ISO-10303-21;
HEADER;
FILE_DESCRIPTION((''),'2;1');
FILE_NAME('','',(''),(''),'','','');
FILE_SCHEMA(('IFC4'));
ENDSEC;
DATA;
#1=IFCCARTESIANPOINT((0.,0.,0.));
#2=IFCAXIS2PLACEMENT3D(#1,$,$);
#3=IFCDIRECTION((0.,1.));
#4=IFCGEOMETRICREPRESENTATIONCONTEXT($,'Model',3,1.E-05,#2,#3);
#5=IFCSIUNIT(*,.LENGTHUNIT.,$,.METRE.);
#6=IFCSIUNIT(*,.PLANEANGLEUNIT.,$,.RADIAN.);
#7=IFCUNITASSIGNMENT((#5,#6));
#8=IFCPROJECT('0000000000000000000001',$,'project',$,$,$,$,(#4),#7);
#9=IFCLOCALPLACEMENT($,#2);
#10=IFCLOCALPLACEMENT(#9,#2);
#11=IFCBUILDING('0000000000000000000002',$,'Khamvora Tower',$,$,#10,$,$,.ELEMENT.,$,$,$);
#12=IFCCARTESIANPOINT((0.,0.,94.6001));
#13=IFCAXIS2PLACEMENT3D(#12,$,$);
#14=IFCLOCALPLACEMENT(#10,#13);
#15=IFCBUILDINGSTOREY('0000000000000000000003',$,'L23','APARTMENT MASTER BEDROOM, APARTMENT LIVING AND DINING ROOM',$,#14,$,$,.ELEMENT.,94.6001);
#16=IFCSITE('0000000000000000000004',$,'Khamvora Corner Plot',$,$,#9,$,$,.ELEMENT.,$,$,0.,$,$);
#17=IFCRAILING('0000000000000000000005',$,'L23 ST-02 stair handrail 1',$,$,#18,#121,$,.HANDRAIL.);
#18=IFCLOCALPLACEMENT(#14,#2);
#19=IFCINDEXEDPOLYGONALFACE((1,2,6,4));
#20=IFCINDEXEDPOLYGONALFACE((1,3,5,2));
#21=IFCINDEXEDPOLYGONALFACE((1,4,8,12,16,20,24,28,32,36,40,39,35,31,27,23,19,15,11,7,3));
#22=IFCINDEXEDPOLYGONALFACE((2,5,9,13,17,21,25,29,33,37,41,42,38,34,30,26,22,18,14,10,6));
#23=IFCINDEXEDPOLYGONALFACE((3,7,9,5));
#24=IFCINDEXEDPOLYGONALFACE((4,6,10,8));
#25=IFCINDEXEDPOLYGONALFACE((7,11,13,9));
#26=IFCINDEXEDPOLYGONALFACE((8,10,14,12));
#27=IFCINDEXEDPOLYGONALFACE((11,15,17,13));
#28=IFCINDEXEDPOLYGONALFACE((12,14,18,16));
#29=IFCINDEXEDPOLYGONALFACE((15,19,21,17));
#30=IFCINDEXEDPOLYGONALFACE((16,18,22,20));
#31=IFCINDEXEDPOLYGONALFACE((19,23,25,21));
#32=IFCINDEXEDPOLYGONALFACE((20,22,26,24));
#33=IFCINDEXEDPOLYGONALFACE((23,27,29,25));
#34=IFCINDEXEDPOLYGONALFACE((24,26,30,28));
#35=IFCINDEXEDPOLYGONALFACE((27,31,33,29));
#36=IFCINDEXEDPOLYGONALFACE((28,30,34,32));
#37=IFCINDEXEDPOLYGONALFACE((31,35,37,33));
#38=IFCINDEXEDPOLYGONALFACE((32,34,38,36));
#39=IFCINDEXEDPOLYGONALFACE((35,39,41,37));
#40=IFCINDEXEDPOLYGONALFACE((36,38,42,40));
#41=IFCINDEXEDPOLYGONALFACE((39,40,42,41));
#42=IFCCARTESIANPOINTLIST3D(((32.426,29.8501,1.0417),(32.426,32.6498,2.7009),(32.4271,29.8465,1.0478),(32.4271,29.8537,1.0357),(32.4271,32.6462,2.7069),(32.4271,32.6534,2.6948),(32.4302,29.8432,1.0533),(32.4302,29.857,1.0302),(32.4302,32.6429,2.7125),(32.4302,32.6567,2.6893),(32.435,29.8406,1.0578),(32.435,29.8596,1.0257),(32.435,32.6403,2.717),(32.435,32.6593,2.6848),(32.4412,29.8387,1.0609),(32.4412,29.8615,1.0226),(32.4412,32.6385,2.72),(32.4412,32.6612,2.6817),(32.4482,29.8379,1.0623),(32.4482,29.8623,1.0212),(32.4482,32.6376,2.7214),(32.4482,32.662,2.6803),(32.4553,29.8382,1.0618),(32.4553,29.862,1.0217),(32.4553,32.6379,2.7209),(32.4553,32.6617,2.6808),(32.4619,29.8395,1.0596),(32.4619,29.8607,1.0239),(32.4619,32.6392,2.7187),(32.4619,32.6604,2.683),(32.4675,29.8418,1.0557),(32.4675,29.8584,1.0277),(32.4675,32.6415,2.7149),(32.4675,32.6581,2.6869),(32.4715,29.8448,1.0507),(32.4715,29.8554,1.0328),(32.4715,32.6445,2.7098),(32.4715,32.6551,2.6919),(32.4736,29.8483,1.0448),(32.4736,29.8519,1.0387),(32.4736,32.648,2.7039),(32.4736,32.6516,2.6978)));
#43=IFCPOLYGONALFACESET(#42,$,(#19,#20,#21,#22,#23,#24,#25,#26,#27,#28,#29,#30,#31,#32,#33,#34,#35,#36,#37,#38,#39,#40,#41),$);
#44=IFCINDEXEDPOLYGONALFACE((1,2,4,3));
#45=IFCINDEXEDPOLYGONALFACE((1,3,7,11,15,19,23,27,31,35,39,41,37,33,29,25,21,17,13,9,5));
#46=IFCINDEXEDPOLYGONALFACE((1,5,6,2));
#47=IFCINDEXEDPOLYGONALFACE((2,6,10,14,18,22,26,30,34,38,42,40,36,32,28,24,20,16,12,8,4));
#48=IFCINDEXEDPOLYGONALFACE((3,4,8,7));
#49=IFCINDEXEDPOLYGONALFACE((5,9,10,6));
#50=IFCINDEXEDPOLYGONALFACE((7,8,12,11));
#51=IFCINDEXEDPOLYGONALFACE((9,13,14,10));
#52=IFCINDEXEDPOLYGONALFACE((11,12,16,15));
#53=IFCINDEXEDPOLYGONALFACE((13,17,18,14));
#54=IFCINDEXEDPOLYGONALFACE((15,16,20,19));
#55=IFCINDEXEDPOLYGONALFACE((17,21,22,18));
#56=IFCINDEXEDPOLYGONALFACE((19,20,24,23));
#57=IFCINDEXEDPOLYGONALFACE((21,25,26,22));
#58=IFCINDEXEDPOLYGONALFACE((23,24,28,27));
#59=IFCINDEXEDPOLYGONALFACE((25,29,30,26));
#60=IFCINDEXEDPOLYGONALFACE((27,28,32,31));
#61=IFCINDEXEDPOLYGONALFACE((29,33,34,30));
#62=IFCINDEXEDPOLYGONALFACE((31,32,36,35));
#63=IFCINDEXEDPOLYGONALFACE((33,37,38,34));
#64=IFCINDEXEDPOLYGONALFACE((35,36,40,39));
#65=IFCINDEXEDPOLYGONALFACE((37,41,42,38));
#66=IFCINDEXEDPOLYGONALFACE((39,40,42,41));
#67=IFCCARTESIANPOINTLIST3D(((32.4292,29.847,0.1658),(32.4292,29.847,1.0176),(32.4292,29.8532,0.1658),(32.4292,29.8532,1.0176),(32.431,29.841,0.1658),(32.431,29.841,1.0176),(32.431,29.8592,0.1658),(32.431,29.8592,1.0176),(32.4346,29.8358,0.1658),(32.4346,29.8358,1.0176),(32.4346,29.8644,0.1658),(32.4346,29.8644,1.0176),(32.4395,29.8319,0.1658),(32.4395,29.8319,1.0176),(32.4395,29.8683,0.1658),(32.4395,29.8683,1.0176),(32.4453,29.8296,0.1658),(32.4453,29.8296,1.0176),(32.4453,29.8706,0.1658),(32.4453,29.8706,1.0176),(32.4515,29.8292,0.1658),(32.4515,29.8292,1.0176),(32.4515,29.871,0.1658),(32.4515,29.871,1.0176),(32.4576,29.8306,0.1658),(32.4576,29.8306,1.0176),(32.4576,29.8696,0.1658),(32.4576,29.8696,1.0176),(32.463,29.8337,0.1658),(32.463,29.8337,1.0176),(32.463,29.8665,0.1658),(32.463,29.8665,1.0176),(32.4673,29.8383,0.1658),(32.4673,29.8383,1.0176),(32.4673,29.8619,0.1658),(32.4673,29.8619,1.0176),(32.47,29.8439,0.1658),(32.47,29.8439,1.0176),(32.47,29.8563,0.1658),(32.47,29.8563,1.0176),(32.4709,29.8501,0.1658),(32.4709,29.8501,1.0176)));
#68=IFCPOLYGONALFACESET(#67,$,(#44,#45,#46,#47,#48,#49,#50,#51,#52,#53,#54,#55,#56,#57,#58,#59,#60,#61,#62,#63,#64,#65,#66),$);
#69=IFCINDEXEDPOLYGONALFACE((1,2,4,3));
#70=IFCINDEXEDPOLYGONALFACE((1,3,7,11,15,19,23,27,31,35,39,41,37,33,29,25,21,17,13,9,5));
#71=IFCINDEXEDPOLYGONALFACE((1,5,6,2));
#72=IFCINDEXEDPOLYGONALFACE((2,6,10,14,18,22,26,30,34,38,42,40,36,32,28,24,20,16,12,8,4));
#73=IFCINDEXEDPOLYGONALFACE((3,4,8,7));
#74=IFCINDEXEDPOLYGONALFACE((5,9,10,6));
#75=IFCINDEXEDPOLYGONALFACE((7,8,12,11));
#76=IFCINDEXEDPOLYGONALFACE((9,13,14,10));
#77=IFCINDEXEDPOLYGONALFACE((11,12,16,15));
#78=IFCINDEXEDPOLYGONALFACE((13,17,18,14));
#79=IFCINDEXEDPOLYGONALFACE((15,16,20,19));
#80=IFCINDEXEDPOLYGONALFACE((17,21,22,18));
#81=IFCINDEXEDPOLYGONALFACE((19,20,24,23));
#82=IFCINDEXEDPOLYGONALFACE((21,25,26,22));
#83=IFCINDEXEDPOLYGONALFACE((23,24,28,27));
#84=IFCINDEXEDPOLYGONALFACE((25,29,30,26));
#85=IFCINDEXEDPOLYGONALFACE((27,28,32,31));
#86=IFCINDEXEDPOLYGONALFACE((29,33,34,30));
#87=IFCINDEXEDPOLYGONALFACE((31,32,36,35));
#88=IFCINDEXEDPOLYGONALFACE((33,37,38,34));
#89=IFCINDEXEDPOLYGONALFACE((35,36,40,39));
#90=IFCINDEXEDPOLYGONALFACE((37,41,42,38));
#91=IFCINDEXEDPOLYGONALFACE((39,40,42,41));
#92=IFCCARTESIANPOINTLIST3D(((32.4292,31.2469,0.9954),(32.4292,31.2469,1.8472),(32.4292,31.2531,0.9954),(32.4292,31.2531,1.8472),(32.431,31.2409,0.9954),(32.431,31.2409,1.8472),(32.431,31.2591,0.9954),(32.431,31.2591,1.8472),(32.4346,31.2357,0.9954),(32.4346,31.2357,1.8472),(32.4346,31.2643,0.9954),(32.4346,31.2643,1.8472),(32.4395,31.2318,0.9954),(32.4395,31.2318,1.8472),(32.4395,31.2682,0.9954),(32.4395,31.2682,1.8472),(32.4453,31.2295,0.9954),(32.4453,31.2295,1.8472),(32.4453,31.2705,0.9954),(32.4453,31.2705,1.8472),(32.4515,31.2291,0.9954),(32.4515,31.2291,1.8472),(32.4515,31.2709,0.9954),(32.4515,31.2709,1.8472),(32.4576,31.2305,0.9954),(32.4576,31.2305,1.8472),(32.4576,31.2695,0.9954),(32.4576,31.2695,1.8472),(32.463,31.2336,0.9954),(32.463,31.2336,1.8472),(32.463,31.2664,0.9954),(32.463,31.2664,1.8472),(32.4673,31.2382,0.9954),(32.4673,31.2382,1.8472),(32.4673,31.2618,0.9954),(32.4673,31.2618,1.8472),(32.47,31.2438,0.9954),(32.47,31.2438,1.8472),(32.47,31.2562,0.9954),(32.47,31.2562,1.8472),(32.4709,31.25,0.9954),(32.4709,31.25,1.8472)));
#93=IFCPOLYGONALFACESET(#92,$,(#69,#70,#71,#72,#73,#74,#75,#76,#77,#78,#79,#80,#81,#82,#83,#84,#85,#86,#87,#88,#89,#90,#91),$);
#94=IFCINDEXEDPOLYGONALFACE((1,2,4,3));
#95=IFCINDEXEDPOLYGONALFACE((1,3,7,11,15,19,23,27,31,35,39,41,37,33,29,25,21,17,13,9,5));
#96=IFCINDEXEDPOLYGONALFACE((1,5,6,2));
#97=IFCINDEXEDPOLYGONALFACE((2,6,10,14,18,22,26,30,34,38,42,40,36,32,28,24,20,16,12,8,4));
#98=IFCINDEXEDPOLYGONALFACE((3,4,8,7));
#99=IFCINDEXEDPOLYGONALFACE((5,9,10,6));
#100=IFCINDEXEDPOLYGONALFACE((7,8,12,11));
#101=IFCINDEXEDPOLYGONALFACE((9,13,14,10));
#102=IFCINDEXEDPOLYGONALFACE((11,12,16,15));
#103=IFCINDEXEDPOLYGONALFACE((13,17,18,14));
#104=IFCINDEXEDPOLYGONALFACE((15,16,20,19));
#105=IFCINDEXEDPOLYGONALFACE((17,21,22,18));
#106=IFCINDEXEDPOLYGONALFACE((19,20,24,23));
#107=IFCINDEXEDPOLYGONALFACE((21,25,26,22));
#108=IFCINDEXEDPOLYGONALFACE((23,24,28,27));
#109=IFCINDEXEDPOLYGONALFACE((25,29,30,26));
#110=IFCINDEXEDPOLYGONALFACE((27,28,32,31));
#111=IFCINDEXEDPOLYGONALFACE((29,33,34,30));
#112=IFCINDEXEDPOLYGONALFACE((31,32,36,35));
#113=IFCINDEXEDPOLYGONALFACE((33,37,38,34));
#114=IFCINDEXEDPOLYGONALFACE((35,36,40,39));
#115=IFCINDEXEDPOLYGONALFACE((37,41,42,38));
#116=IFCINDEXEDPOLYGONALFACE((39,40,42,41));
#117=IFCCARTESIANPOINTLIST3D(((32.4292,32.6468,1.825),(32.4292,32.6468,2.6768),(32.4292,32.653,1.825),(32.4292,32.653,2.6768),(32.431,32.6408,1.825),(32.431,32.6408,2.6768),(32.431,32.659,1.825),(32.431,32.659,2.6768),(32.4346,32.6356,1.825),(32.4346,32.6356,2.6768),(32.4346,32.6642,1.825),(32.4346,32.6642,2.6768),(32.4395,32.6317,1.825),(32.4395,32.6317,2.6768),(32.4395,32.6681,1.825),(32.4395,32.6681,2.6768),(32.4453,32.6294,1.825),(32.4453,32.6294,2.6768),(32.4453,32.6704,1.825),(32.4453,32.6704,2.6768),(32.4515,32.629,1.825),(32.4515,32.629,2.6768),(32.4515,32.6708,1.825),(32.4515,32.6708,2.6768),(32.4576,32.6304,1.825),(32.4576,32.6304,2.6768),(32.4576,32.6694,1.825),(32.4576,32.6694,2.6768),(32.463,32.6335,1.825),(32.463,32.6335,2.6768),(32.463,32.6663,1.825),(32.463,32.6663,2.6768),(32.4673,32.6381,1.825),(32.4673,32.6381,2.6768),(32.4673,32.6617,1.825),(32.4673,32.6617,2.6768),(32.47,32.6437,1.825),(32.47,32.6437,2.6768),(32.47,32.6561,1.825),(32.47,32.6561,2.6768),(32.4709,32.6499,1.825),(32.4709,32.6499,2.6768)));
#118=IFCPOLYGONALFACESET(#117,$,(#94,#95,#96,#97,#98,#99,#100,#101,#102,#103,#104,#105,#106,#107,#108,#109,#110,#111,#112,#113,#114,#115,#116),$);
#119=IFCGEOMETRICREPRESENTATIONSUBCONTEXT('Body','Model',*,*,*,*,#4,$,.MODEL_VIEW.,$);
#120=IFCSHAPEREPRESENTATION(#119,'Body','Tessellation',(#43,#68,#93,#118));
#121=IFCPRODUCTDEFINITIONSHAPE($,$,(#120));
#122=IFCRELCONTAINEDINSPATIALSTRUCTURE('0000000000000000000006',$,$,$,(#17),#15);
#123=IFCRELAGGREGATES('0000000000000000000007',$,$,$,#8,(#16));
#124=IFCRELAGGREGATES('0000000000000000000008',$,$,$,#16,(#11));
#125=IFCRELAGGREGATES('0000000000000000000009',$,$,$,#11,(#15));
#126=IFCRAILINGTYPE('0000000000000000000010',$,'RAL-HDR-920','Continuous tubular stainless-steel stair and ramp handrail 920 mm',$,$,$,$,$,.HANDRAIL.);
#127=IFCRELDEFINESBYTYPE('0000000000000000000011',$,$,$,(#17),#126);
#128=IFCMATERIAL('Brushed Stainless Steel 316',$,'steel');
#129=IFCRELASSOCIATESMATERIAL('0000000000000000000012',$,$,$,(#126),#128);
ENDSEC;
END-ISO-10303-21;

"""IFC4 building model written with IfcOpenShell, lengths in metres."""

from ifc_helpers import new_model, si_unit, direction, frame, origin, origin_2d, place, context, subcontext, project, spatial, circle, extrude, material, type_object, element, save


model = new_model("IFC4")

# Units and contexts
model_context = context("Model", 3, precision=1e-05, world=origin(), true_north=direction((0.0, 1.0)))
body_context = subcontext(model_context, "Body", "Model", "MODEL_VIEW")
ifc_project = project(units=[si_unit("LENGTHUNIT", "METRE"), si_unit("PLANEANGLEUNIT", "RADIAN")], contexts=[model_context])

# Site, building, storey
site_placement = place(None, origin())
site = spatial("IfcSite", under=ifc_project, at=site_placement, Name="Khamvora Corner Plot", CompositionType="ELEMENT", RefElevation=0.0)
building_placement = place(site_placement, origin())
building = spatial("IfcBuilding", under=site, at=building_placement, Name="Khamvora Tower", CompositionType="ELEMENT")
storey_placement = place(building_placement, frame((0.0, 0.0, 94.6001)))
storey = spatial("IfcBuildingStorey", under=building, at=storey_placement, Name="L23", Description="APARTMENT MASTER BEDROOM, APARTMENT LIVING AND DINING ROOM", CompositionType="ELEMENT", Elevation=94.6001)

# Railing
ifc_material_1 = material(Name="Brushed Stainless Steel 316", Category="steel")
railing_type = type_object("IfcRailingType", Name="RAL-HDR-920", Description="Continuous tubular stainless-steel stair and ramp handrail 920 mm", PredefinedType="HANDRAIL", material=ifc_material_1)
railing_placement = place(storey_placement, frame((32.45, 29.8501, 0.1658)))
element("IfcRailing", 1, at=railing_placement, inside=storey, type_object=railing_type, Name="L23 ST-02 stair handrail 1", PredefinedType="HANDRAIL", context=body_context, shape_type="SweptSolid", body=[
    extrude(circle(Radius=0.0239, at=origin_2d()), frame((0.0, 0.0, 0.876), z_axis=(0.0, 0.860287, 0.509811), x_axis=(-1.0, 0.0, 0.0)), (0.0, 0.0, 1.0), 3.2544),
    extrude(circle(Radius=0.021, at=origin_2d()), origin(), (0.0, 0.0, 1.0), 0.8518),
    extrude(circle(Radius=0.021, at=origin_2d()), frame((0.0, 1.3999, 0.8296)), (0.0, 0.0, 1.0), 0.8518),
    extrude(circle(Radius=0.021, at=origin_2d()), frame((0.0, 2.7998, 1.6592)), (0.0, 0.0, 1.0), 0.8518),
])

save(model, "model.ifc")
